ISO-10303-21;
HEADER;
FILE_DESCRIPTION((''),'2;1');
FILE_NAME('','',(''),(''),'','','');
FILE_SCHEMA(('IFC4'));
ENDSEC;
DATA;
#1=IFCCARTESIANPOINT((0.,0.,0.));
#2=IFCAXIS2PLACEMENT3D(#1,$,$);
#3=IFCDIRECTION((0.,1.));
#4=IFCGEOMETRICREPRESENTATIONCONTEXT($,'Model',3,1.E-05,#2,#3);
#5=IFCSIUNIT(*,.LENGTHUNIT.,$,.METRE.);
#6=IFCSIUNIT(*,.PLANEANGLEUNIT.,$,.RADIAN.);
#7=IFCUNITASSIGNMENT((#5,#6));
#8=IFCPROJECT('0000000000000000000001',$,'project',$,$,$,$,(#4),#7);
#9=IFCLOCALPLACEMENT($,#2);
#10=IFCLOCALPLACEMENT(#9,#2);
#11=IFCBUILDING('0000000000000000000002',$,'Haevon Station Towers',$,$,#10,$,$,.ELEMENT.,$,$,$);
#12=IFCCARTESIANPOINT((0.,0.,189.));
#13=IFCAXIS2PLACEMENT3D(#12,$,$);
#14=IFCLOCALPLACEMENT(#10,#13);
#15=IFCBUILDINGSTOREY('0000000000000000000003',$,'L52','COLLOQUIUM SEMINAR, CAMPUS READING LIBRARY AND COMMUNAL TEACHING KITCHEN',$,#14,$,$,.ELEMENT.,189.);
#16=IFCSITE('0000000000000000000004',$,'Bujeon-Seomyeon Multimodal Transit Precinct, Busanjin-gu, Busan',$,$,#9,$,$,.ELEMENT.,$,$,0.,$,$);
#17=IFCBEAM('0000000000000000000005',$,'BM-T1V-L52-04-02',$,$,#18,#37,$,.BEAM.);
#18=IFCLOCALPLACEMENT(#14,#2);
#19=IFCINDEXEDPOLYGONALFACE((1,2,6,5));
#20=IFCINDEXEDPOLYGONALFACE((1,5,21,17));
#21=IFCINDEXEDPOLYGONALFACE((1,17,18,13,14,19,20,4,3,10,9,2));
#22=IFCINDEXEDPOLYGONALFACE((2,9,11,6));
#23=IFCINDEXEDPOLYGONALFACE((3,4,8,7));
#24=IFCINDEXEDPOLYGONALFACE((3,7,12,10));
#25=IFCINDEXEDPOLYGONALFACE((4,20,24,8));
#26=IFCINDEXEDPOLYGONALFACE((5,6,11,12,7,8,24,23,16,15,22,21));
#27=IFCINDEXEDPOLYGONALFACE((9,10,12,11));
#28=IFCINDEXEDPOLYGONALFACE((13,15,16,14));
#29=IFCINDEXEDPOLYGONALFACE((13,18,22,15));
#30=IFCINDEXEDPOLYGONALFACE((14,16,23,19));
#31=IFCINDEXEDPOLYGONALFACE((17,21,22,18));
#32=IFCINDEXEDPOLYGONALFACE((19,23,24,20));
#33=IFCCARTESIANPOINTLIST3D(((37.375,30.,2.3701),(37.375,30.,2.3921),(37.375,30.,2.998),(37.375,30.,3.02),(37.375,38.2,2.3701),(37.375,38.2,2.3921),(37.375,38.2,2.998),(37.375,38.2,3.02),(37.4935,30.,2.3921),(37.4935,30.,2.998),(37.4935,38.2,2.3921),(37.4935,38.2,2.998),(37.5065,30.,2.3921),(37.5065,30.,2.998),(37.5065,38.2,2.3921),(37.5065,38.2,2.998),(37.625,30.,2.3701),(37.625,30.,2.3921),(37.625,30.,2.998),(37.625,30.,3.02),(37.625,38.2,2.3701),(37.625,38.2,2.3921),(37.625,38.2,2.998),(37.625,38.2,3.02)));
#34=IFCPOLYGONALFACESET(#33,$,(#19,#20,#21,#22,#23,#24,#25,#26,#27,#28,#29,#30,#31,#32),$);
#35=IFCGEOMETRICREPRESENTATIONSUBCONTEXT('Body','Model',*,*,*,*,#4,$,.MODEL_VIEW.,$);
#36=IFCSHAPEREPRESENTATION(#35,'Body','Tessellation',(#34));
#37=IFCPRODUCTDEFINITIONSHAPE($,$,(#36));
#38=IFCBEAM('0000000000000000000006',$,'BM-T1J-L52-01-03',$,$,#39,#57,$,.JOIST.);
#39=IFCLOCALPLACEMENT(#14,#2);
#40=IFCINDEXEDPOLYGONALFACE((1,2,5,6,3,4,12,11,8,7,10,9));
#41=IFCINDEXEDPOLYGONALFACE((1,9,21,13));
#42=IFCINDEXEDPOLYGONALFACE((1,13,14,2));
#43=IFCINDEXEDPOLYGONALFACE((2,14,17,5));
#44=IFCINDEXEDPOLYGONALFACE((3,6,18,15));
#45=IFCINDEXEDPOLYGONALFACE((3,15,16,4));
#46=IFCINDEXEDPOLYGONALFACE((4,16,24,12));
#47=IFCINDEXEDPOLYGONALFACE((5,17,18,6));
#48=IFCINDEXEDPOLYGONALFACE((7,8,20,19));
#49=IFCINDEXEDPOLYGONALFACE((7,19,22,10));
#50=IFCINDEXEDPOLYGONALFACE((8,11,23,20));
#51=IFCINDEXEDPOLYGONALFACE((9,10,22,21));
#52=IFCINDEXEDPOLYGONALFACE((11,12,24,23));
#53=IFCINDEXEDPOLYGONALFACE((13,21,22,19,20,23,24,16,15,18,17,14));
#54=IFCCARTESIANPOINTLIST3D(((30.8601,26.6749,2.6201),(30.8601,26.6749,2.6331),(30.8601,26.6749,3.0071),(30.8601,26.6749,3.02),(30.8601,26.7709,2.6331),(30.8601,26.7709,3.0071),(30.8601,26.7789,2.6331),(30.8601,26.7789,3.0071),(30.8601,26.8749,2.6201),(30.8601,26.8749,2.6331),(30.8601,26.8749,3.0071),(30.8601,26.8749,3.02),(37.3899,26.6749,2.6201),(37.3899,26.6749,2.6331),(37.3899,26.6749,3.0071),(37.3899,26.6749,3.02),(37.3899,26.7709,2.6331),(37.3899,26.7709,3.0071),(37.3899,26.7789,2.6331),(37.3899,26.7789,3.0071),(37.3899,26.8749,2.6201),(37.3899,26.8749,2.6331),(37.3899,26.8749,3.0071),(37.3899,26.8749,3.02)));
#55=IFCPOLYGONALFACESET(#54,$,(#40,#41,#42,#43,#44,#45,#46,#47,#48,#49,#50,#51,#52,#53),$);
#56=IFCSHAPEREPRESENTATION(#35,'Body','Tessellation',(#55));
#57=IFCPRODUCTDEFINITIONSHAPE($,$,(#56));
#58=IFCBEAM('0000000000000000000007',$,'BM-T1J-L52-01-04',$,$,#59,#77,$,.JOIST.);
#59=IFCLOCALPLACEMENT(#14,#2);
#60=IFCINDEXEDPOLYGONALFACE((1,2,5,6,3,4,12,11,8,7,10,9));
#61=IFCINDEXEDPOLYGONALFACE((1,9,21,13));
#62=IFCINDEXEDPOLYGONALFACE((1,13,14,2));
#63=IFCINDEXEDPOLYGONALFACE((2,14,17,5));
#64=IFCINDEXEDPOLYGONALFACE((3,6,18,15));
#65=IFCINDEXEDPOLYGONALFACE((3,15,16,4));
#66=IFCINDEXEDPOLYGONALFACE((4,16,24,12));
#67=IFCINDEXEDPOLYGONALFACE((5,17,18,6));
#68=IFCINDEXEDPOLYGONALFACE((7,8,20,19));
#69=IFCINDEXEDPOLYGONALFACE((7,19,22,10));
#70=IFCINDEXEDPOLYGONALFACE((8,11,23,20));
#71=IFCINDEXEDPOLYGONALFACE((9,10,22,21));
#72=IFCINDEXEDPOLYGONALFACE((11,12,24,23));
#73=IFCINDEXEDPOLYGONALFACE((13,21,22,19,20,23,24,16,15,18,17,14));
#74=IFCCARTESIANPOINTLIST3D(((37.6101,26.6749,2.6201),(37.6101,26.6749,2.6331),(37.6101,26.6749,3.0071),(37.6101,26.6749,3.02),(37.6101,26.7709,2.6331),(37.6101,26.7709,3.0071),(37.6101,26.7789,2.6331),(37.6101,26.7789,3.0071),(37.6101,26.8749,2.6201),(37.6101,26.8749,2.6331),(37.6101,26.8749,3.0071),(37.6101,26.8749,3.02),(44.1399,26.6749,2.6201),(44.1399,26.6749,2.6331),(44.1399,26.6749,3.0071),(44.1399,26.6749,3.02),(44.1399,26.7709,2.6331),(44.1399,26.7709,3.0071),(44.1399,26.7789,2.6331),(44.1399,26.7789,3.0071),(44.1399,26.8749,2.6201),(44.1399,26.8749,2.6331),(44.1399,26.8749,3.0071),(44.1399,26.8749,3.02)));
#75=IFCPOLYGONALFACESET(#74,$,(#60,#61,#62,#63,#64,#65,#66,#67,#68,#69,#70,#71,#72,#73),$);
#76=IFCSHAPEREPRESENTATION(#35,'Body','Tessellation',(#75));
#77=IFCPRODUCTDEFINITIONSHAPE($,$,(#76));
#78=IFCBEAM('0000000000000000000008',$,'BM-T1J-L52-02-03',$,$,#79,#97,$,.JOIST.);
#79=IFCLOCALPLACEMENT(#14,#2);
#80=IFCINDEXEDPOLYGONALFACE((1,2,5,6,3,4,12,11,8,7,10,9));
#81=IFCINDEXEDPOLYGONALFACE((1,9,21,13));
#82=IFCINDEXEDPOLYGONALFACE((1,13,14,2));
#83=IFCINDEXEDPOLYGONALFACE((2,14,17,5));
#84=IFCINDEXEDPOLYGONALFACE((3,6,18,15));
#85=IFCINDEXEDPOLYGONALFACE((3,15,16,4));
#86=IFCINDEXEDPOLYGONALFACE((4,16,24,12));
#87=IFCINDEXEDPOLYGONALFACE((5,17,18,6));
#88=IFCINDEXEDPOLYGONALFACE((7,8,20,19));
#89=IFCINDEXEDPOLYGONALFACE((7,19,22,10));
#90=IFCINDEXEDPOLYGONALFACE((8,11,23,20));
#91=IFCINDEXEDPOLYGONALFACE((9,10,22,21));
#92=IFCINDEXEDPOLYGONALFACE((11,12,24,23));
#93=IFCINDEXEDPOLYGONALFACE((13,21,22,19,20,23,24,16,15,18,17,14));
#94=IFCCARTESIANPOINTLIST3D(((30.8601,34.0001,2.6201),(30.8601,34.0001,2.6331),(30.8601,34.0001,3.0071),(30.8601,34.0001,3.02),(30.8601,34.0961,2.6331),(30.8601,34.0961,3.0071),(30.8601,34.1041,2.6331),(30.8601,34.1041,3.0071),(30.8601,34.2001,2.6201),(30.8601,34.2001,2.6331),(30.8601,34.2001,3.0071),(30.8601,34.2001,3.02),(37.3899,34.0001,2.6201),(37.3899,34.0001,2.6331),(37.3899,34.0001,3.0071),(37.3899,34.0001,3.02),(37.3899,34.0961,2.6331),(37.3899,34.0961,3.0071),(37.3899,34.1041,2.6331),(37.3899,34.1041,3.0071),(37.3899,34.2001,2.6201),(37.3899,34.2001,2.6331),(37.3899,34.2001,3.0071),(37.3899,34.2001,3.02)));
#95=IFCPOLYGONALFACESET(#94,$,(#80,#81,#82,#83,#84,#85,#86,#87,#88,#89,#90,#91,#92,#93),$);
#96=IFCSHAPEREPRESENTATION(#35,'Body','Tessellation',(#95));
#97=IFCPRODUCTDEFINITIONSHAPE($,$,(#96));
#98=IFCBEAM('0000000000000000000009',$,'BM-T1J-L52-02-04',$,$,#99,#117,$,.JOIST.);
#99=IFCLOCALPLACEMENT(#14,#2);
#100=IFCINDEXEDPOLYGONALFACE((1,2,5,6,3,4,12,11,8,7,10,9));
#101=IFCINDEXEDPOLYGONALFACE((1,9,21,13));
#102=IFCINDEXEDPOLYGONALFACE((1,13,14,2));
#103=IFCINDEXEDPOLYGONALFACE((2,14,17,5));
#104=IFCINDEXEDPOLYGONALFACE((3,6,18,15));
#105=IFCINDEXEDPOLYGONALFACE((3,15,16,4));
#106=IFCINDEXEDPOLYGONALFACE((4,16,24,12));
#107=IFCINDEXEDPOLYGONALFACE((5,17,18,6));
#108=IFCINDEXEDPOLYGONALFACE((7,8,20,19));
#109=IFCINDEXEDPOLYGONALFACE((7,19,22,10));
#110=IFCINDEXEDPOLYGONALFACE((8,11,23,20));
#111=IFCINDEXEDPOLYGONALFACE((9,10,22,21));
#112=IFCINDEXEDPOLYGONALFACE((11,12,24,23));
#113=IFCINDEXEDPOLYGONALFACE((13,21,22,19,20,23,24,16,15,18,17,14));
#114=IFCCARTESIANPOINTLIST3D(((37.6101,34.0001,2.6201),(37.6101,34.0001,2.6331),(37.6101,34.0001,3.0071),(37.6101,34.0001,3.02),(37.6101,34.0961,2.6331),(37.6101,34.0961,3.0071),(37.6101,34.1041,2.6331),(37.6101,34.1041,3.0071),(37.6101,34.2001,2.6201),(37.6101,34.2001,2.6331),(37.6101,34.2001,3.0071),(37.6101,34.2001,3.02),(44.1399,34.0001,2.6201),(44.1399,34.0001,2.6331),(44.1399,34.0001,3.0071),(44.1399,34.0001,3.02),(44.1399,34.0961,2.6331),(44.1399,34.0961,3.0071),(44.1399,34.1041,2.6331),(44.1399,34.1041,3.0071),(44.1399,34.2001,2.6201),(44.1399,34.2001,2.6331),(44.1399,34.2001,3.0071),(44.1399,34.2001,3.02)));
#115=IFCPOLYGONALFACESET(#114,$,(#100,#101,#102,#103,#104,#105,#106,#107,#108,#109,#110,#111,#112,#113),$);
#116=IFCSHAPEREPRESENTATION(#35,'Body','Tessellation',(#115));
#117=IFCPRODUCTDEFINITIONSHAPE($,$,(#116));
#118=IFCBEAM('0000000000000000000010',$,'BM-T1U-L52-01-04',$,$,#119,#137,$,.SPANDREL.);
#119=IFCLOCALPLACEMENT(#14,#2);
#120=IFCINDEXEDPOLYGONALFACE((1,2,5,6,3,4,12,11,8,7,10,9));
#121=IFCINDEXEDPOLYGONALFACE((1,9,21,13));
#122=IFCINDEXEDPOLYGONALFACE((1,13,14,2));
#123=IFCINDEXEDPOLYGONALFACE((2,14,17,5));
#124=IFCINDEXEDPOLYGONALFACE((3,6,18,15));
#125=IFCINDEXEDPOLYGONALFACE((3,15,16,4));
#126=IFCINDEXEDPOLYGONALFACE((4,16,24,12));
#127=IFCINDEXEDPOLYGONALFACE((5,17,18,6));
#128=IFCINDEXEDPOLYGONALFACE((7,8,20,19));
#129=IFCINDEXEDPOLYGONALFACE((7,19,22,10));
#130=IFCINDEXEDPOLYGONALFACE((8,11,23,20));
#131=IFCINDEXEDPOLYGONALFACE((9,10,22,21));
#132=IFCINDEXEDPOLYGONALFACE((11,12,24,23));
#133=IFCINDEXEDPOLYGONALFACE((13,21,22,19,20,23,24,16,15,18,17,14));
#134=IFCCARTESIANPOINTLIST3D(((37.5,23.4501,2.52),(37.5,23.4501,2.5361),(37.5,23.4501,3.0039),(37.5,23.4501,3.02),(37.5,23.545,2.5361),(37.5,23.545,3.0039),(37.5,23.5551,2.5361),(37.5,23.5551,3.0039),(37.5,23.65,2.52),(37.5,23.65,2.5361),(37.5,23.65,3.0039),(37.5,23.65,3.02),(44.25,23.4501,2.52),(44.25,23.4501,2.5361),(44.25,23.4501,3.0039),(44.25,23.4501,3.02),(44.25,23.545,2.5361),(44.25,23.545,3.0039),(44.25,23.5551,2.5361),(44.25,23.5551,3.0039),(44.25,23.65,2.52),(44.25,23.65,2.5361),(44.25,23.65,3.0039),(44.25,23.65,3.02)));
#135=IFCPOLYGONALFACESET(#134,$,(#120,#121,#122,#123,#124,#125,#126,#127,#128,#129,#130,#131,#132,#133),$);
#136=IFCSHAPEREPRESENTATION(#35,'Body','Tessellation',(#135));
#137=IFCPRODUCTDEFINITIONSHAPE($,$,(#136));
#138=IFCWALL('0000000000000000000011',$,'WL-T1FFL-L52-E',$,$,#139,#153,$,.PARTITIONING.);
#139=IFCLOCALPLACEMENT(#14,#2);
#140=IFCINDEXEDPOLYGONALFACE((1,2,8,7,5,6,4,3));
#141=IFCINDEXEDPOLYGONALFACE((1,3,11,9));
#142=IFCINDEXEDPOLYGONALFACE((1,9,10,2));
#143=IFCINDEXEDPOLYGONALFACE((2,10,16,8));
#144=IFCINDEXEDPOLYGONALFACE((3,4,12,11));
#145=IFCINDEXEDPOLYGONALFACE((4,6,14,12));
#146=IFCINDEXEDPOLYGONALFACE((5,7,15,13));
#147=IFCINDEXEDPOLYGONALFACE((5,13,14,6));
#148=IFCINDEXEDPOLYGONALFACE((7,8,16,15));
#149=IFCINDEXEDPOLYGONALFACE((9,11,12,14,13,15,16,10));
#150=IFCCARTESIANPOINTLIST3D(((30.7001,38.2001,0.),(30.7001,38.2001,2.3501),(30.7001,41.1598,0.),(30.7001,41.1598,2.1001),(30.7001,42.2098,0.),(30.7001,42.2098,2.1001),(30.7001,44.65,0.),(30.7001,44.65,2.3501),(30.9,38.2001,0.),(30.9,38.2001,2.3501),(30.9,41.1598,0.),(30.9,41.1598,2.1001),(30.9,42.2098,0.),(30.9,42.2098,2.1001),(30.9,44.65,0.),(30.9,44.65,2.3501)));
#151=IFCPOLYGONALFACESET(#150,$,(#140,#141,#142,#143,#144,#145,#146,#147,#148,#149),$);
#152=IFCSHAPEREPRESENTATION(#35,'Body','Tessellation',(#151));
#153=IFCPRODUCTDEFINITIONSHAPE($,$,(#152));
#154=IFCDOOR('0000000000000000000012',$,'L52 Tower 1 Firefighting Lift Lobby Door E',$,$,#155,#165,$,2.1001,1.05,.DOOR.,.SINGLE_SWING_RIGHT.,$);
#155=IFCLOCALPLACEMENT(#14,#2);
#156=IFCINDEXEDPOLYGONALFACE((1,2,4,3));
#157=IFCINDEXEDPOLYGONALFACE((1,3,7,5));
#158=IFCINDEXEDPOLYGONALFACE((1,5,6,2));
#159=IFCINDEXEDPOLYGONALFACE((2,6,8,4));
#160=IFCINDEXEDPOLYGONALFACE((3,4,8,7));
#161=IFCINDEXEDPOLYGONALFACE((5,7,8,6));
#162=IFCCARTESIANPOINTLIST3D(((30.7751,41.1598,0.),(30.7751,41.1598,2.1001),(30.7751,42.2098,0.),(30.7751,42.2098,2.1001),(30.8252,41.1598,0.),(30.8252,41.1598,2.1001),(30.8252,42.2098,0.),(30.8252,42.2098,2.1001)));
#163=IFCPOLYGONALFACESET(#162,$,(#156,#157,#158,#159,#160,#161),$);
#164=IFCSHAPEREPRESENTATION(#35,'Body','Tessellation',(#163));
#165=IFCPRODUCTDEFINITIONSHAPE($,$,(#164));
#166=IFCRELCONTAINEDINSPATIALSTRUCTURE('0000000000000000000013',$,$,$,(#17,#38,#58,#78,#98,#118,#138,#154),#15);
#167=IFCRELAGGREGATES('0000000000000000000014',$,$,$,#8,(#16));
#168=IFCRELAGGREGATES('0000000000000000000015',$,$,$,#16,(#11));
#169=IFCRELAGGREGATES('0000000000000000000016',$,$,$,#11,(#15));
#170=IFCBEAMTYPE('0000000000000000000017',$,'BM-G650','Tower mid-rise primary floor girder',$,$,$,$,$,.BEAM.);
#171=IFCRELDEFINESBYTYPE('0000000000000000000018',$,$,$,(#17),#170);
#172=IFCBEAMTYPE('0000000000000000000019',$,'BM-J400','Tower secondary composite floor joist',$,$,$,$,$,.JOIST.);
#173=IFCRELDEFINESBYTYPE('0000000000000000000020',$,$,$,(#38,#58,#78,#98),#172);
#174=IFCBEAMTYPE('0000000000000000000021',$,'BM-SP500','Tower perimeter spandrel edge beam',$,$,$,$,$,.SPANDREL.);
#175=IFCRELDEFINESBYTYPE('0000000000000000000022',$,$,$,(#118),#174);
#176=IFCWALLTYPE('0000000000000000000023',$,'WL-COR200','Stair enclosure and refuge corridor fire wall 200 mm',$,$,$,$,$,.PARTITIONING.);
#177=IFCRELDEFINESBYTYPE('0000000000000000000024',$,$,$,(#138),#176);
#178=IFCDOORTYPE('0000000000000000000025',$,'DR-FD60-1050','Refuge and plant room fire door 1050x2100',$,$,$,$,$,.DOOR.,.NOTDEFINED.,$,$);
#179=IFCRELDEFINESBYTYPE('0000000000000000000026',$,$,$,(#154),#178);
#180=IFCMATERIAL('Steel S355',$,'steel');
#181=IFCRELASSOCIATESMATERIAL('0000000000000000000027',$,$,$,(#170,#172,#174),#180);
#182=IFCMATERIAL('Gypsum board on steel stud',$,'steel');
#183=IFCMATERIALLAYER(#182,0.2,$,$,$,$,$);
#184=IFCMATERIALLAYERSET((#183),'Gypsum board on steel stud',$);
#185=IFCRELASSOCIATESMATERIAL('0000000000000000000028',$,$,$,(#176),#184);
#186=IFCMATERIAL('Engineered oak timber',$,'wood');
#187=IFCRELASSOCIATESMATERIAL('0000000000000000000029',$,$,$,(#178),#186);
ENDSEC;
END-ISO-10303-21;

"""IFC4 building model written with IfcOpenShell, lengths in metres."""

from ifc_helpers import new_model, si_unit, direction, frame, frame_2d, origin, origin_2d, place, context, subcontext, project, spatial, rectangle, i_section, extrude, material, layer, layer_set, material_profile, profile_set, type_object, element, fill, save


model = new_model("IFC4")

# Units and contexts
model_context = context("Model", 3, precision=1e-05, world=origin(), true_north=direction((0.0, 1.0)))
body_context = subcontext(model_context, "Body", "Model", "MODEL_VIEW")
ifc_project = project(units=[si_unit("LENGTHUNIT", "METRE"), si_unit("PLANEANGLEUNIT", "RADIAN")], contexts=[model_context])

# Site, building, storey
site_placement = place(None, origin())
site = spatial("IfcSite", under=ifc_project, at=site_placement, Name="Bujeon-Seomyeon Multimodal Transit Precinct, Busanjin-gu, Busan", CompositionType="ELEMENT", RefElevation=0.0)
building_placement = place(site_placement, origin())
building = spatial("IfcBuilding", under=site, at=building_placement, Name="Haevon Station Towers", CompositionType="ELEMENT")
storey_placement = place(building_placement, frame((0.0, 0.0, 189.0)))
storey = spatial("IfcBuildingStorey", under=building, at=storey_placement, Name="L52", Description="COLLOQUIUM SEMINAR, CAMPUS READING LIBRARY AND COMMUNAL TEACHING KITCHEN", CompositionType="ELEMENT", Elevation=189.0)

# Shared definitions
ifc_material_1 = material(Name="Steel S355", Category="steel")

# Beams
ifc_material_profile_1 = material_profile(ifc_material_1, i_section(OverallWidth=0.25, OverallDepth=0.6499, WebThickness=0.0129, FlangeThickness=0.022, at=origin_2d()), Name="H-650x250x13x22")
ifc_profile_set_1 = profile_set([ifc_material_profile_1], Name="Steel S355")
beam_type_1 = type_object("IfcBeamType", Name="BM-G650", Description="Tower mid-rise primary floor girder", PredefinedType="BEAM", material=ifc_profile_set_1)
beam_1_placement = place(storey_placement, frame((37.5, 30.0, 2.6951), z_axis=(0.0, 1.0, 0.0), x_axis=(-1.0, 0.0, 0.0)))
element("IfcBeam", 1, at=beam_1_placement, inside=storey, type_object=beam_type_1, Name="BM-T1V-L52-04-02", PredefinedType="BEAM", context=body_context, shape_type="SweptSolid", body=[
    extrude(i_section(OverallWidth=0.25, OverallDepth=0.6499, WebThickness=0.0129, FlangeThickness=0.022, at=origin_2d()), origin(), (0.0, 0.0, 1.0), 8.2),
])
ifc_material_profile_2 = material_profile(ifc_material_1, i_section(OverallWidth=0.2, OverallDepth=0.3999, WebThickness=0.0081, FlangeThickness=0.0129, at=origin_2d()), Name="H-400x200x8x13")
ifc_profile_set_2 = profile_set([ifc_material_profile_2], Name="Steel S355")
beam_type_2 = type_object("IfcBeamType", Name="BM-J400", Description="Tower secondary composite floor joist", PredefinedType="JOIST", material=ifc_profile_set_2)
for number, where, z_axis, x_axis, name in (
    (2, (30.8601, 26.7749, 2.8201), (1.0, 0.0, 0.0), (0.0, 1.0, 0.0), "BM-T1J-L52-01-03"),
    (3, (37.6101, 26.7749, 2.8201), (1.0, 0.0, 0.0), (0.0, 1.0, 0.0), "BM-T1J-L52-01-04"),
    (4, (30.8601, 34.1001, 2.8201), (1.0, 0.0, 0.0), (0.0, 1.0, 0.0), "BM-T1J-L52-02-03"),
    (5, (37.6101, 34.1001, 2.8201), (1.0, 0.0, 0.0), (0.0, 1.0, 0.0), "BM-T1J-L52-02-04"),
):
    element("IfcBeam", number, at=place(storey_placement, frame(where, z_axis=z_axis, x_axis=x_axis)), inside=storey, type_object=beam_type_2, Name=name, PredefinedType="JOIST", context=body_context, shape_type="SweptSolid", body=[
        extrude(i_section(OverallWidth=0.2, OverallDepth=0.3999, WebThickness=0.0081, FlangeThickness=0.0129, at=origin_2d()), origin(), (0.0, 0.0, 1.0), 6.5298),
    ])
ifc_material_profile_3 = material_profile(ifc_material_1, i_section(OverallWidth=0.2, OverallDepth=0.5, WebThickness=0.01, FlangeThickness=0.0161, at=origin_2d()), Name="H-500x200x10x16")
ifc_profile_set_3 = profile_set([ifc_material_profile_3], Name="Steel S355")
beam_type_3 = type_object("IfcBeamType", Name="BM-SP500", Description="Tower perimeter spandrel edge beam", PredefinedType="SPANDREL", material=ifc_profile_set_3)
beam_2_placement = place(storey_placement, frame((37.5, 23.55, 2.77), z_axis=(1.0, 0.0, 0.0), x_axis=(0.0, 1.0, 0.0)))
element("IfcBeam", 6, at=beam_2_placement, inside=storey, type_object=beam_type_3, Name="BM-T1U-L52-01-04", PredefinedType="SPANDREL", context=body_context, shape_type="SweptSolid", body=[
    extrude(i_section(OverallWidth=0.2, OverallDepth=0.5, WebThickness=0.01, FlangeThickness=0.0161, at=origin_2d()), origin(), (0.0, 0.0, 1.0), 6.75),
])

# Wall, opening, door
ifc_material_2 = material(Name="Gypsum board on steel stud", Category="steel")
ifc_layer_1 = layer(ifc_material_2, 0.2)
ifc_layer_set_1 = layer_set([ifc_layer_1], Name="Gypsum board on steel stud")
wall_type_1 = type_object("IfcWallType", Name="WL-COR200", Description="Stair enclosure and refuge corridor fire wall 200 mm", PredefinedType="PARTITIONING", material=ifc_layer_set_1)
wall_1_placement = place(storey_placement, frame((30.8, 38.2, 0.0), z_axis=(0.0, 0.0, 1.0), x_axis=(0.0, 1.0, 0.0)))
wall_1 = element("IfcWall", 7, at=wall_1_placement, inside=storey, type_object=wall_type_1, Name="WL-T1FFL-L52-E", PredefinedType="PARTITIONING", context=body_context, shape_type="SweptSolid", body=[
    extrude(rectangle(XDim=6.45, YDim=0.2, at=frame_2d((3.2251, 0.0))), origin(), (0.0, 0.0, 1.0), 2.3501),
])
opening_1_placement = place(wall_1_placement, frame((2.96, 0.0, 0.0)))
opening_1 = element("IfcOpeningElement", 8, at=opening_1_placement, cuts=wall_1, PredefinedType="OPENING", context=body_context, shape_type="SweptSolid", body=[
    extrude(rectangle(XDim=1.05, YDim=2.1001, at=frame_2d((0.5249, 1.05))), frame((0.0, 0.1099, 0.0), z_axis=(0.0, -1.0, 0.0), x_axis=(1.0, 0.0, 0.0)), (0.0, 0.0, 1.0), 0.22),
])
ifc_material_3 = material(Name="Engineered oak timber", Category="wood")
door_type_1 = type_object("IfcDoorType", Name="DR-FD60-1050", Description="Refuge and plant room fire door 1050x2100", OperationType="NOTDEFINED", PredefinedType="DOOR", material=ifc_material_3)
door_1_placement = place(opening_1_placement, origin())
door_1 = element("IfcDoor", 9, at=door_1_placement, inside=storey, type_object=door_type_1, Name="L52 Tower 1 Firefighting Lift Lobby Door E", OperationType="SINGLE_SWING_RIGHT", OverallHeight=2.1001, OverallWidth=1.05, PredefinedType="DOOR", context=body_context, shape_type="SweptSolid", body=[
    extrude(rectangle(XDim=1.05, YDim=2.1001, at=frame_2d((0.5249, 1.05))), frame((0.0, 0.0249, 0.0), z_axis=(0.0, -1.0, 0.0), x_axis=(1.0, 0.0, 0.0)), (0.0, 0.0, 1.0), 0.05),
])
fill(opening_1, door_1)

save(model, "model.ifc")
